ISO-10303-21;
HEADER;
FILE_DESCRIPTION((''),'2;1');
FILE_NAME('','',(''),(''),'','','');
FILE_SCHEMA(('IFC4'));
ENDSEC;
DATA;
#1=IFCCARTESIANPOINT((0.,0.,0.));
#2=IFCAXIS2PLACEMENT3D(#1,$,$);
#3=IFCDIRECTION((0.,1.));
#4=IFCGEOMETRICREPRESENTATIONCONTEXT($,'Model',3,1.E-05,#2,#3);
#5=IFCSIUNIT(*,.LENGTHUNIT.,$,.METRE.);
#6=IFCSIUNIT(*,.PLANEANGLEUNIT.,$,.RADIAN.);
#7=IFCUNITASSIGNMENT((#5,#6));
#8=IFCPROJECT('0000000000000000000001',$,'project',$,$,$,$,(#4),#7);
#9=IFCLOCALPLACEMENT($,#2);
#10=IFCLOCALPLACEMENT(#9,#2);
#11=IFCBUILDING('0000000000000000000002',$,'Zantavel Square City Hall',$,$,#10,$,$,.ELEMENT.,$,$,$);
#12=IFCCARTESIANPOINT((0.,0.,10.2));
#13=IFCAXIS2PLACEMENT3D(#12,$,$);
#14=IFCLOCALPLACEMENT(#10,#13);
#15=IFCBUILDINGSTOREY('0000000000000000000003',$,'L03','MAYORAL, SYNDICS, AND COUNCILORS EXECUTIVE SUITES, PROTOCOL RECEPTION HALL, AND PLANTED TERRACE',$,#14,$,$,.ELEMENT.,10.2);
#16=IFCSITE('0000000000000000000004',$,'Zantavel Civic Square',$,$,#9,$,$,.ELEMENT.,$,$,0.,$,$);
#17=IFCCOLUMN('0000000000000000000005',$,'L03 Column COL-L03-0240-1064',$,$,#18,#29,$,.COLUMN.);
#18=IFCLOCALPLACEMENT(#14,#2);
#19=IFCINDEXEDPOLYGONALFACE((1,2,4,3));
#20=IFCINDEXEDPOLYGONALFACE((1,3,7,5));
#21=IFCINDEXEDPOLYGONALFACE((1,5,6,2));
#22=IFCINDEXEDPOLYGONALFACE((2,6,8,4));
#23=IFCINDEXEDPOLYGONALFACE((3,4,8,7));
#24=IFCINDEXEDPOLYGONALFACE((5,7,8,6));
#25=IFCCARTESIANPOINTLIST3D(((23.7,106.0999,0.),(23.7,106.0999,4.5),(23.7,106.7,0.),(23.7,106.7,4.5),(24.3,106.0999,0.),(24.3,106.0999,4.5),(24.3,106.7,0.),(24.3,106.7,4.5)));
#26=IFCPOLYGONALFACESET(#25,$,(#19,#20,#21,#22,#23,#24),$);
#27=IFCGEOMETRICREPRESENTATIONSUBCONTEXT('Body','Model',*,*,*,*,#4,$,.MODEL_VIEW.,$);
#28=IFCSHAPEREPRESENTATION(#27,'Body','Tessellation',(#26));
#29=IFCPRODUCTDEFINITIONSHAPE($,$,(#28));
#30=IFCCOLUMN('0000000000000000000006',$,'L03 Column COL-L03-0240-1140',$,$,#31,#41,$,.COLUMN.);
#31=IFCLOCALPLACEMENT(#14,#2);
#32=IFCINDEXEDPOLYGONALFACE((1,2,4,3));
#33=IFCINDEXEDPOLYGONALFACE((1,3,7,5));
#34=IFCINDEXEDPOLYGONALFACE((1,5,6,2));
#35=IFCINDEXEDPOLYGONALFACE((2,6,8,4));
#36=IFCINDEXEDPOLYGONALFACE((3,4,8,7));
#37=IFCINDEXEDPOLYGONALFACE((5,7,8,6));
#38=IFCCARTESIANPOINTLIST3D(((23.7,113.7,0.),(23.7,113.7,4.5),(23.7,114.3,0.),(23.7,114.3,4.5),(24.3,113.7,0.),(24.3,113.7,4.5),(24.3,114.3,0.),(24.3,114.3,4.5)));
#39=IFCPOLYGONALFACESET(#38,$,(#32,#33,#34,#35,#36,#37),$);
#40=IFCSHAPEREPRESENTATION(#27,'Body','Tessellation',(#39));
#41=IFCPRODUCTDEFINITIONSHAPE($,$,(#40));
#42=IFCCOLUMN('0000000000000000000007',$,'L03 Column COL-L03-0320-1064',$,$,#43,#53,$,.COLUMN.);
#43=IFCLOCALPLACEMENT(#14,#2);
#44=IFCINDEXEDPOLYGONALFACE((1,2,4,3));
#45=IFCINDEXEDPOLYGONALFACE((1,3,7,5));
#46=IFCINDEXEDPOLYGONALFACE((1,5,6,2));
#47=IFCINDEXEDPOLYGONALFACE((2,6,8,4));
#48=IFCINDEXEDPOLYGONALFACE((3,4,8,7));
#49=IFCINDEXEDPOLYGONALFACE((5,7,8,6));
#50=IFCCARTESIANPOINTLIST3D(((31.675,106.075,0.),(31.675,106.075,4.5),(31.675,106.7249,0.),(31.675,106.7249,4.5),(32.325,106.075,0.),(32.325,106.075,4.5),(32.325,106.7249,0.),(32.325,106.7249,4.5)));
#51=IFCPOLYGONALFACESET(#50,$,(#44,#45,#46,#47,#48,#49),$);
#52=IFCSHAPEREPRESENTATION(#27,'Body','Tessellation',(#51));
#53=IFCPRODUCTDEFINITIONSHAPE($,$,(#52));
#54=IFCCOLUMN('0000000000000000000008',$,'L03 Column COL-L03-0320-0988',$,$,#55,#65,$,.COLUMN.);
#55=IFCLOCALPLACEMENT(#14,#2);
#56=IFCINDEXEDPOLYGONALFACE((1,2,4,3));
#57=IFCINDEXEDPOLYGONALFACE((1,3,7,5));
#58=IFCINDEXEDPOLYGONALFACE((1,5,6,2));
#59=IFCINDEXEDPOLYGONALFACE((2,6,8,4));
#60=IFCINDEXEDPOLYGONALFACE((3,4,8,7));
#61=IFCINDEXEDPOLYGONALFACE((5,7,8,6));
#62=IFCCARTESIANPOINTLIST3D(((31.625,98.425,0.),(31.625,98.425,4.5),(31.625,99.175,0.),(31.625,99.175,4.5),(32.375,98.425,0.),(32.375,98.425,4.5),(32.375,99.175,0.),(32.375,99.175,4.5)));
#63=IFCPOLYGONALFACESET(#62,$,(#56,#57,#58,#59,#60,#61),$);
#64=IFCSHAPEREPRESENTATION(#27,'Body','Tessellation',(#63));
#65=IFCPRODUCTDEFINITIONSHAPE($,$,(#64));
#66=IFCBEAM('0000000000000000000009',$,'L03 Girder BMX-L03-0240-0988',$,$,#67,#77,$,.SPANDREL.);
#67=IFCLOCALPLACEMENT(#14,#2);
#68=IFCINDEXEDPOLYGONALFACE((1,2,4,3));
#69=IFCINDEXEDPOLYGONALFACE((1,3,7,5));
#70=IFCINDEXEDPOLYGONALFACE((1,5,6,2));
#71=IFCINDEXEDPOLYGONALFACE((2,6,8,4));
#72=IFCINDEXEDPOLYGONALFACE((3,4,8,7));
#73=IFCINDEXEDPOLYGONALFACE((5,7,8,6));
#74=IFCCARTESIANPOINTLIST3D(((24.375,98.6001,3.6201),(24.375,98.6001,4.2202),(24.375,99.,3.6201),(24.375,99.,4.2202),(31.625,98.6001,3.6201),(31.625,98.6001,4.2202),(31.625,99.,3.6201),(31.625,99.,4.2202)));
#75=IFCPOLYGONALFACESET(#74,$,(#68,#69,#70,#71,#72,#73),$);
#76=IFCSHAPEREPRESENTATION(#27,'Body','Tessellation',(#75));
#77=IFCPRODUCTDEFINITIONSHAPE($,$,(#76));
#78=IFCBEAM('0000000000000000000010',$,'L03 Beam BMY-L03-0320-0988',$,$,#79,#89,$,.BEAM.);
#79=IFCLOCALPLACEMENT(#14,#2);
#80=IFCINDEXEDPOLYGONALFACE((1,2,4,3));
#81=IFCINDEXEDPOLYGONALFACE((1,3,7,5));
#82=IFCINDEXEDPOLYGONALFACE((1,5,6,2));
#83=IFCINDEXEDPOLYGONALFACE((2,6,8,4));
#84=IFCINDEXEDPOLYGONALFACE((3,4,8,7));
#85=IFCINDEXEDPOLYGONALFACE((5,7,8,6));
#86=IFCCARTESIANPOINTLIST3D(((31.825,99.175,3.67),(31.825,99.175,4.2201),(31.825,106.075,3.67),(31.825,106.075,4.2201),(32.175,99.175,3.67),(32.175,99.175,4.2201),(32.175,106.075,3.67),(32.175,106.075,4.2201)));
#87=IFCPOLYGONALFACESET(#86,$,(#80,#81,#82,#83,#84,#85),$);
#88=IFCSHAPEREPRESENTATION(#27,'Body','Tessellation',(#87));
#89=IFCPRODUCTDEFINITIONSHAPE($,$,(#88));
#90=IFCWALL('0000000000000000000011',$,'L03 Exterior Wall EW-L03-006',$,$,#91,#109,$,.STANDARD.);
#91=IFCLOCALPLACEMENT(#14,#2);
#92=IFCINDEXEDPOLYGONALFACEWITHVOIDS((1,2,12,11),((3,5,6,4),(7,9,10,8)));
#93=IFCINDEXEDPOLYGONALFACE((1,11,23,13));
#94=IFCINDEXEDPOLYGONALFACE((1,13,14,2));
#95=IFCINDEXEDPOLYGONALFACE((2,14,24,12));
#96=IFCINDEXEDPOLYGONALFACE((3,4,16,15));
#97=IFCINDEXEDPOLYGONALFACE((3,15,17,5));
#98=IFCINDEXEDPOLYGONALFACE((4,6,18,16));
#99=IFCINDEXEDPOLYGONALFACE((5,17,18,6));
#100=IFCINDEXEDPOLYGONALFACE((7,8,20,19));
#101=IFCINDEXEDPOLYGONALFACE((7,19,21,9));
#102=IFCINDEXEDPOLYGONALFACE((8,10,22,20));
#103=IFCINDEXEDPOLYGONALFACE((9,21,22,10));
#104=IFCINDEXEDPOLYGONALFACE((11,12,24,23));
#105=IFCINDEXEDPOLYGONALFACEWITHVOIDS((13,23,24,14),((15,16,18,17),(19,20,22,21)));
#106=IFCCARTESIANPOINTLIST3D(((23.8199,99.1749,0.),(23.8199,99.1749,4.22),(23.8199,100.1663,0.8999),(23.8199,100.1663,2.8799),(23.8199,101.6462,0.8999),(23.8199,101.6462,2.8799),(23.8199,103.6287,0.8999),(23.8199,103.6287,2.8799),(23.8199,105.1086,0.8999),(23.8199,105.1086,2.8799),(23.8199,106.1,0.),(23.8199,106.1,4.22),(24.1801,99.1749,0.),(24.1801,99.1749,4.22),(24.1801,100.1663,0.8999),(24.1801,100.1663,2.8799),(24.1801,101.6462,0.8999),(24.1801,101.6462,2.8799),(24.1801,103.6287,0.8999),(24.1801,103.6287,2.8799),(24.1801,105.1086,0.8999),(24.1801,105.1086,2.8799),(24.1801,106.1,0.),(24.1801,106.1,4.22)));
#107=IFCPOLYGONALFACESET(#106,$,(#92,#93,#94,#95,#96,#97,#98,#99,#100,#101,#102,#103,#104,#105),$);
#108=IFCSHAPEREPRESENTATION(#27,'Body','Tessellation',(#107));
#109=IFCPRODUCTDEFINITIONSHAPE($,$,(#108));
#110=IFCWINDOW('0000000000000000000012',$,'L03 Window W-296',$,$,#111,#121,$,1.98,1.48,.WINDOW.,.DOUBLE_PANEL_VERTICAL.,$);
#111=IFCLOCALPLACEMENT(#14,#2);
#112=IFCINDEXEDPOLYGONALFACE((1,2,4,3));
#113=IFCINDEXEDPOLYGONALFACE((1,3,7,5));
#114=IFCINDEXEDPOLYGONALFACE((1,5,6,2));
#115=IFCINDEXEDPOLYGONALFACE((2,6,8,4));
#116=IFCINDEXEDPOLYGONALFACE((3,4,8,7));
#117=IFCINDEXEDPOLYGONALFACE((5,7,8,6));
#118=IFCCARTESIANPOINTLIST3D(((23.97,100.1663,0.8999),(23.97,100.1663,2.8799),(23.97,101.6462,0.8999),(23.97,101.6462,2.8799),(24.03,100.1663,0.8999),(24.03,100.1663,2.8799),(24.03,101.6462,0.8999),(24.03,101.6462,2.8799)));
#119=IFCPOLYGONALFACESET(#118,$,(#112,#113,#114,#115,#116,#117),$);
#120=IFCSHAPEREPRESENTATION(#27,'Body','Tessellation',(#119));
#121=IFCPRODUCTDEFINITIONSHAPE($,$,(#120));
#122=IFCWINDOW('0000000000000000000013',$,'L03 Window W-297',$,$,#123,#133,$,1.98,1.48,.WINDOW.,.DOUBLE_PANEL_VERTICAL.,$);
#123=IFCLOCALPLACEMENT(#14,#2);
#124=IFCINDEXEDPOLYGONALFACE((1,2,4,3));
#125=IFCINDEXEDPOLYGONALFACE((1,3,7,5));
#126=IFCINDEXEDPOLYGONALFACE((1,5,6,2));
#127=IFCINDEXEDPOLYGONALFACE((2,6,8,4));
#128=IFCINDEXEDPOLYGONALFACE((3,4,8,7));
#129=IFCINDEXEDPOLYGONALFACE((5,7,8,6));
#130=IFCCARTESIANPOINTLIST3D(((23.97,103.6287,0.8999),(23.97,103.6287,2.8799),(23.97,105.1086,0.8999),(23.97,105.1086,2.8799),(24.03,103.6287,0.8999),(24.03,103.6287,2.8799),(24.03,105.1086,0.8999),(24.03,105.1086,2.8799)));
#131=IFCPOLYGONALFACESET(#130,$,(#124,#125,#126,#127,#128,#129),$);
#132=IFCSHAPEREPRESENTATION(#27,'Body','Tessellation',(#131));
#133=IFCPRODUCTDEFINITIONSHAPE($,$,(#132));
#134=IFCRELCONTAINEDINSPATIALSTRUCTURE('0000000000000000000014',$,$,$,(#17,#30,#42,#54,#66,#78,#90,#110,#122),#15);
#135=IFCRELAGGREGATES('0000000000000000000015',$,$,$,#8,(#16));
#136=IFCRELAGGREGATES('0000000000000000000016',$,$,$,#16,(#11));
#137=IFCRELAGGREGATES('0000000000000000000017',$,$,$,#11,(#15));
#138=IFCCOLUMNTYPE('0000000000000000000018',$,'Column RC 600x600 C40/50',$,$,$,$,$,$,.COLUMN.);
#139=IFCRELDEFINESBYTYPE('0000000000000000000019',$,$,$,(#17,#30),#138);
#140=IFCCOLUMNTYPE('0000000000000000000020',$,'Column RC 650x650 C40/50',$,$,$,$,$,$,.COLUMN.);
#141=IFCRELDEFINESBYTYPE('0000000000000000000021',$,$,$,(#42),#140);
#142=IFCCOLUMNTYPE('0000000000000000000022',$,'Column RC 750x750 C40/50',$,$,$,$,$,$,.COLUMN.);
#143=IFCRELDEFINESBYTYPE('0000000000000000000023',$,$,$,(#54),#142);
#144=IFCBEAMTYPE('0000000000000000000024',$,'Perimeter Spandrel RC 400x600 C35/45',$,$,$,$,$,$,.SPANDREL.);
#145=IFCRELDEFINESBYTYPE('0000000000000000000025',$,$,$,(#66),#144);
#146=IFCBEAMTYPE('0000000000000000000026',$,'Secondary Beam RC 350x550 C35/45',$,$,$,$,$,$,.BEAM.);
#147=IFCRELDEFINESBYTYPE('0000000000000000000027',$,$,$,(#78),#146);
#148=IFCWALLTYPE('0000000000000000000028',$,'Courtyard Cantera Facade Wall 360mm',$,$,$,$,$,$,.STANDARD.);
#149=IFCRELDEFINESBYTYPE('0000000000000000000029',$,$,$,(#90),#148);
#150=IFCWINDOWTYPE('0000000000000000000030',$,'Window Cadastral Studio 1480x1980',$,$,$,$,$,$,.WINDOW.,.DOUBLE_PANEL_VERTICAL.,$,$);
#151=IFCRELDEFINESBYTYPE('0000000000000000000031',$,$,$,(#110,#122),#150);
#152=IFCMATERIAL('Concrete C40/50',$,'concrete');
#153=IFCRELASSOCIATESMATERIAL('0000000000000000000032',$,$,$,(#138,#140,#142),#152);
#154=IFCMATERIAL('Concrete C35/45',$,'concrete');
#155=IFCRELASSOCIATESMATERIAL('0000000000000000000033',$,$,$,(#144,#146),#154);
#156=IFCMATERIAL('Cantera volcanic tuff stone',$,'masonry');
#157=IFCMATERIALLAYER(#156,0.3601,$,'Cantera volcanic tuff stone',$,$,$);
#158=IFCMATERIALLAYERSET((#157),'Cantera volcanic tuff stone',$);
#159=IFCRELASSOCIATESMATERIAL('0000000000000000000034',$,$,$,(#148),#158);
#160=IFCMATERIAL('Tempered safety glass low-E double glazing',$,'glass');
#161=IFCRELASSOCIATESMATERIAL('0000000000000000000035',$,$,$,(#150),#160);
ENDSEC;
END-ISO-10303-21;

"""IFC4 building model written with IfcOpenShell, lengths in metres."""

from ifc_helpers import new_model, si_unit, direction, frame, frame_2d, origin, origin_2d, place, context, subcontext, project, spatial, rectangle, extrude, material, layer, layer_set, material_profile, profile_set, type_object, element, fill, save


model = new_model("IFC4")

# Units and contexts
model_context = context("Model", 3, precision=1e-05, world=origin(), true_north=direction((0.0, 1.0)))
body_context = subcontext(model_context, "Body", "Model", "MODEL_VIEW")
ifc_project = project(units=[si_unit("LENGTHUNIT", "METRE"), si_unit("PLANEANGLEUNIT", "RADIAN")], contexts=[model_context])

# Site, building, storey
site_placement = place(None, origin())
site = spatial("IfcSite", under=ifc_project, at=site_placement, Name="Zantavel Civic Square", CompositionType="ELEMENT", RefElevation=0.0)
building_placement = place(site_placement, origin())
building = spatial("IfcBuilding", under=site, at=building_placement, Name="Zantavel Square City Hall", CompositionType="ELEMENT")
storey_placement = place(building_placement, frame((0.0, 0.0, 10.2)))
storey = spatial("IfcBuildingStorey", under=building, at=storey_placement, Name="L03", Description="MAYORAL, SYNDICS, AND COUNCILORS EXECUTIVE SUITES, PROTOCOL RECEPTION HALL, AND PLANTED TERRACE", CompositionType="ELEMENT", Elevation=10.2)

# Columns
ifc_material_1 = material(Name="Concrete C40/50", Category="concrete")
ifc_material_profile_1 = material_profile(ifc_material_1, rectangle(XDim=0.6001, YDim=0.6001, at=origin_2d()), Name="RC 600x600")
ifc_profile_set_1 = profile_set([ifc_material_profile_1], Name="Concrete C40/50")
column_type_1 = type_object("IfcColumnType", Name="Column RC 600x600 C40/50", PredefinedType="COLUMN", material=ifc_profile_set_1)
for number, where, z_axis, x_axis, name in (
    (1, (24.0, 106.3999, 0.0), (0.0, 0.0, 1.0), (1.0, 0.0, 0.0), "L03 Column COL-L03-0240-1064"),
    (2, (24.0, 114.0, 0.0), (0.0, 0.0, 1.0), (1.0, 0.0, 0.0), "L03 Column COL-L03-0240-1140"),
):
    element("IfcColumn", number, at=place(storey_placement, frame(where, z_axis=z_axis, x_axis=x_axis)), inside=storey, type_object=column_type_1, Name=name, PredefinedType="COLUMN", context=body_context, shape_type="SweptSolid", body=[
        extrude(rectangle(XDim=0.6001, YDim=0.6001, at=origin_2d()), origin(), (0.0, 0.0, 1.0), 4.5),
    ])
ifc_material_profile_2 = material_profile(ifc_material_1, rectangle(XDim=0.6499, YDim=0.6499, at=origin_2d()), Name="RC 650x650")
ifc_profile_set_2 = profile_set([ifc_material_profile_2], Name="Concrete C40/50")
column_type_2 = type_object("IfcColumnType", Name="Column RC 650x650 C40/50", PredefinedType="COLUMN", material=ifc_profile_set_2)
column_1_placement = place(storey_placement, frame((32.0, 106.3999, 0.0), z_axis=(0.0, 0.0, 1.0), x_axis=(1.0, 0.0, 0.0)))
element("IfcColumn", 3, at=column_1_placement, inside=storey, type_object=column_type_2, Name="L03 Column COL-L03-0320-1064", PredefinedType="COLUMN", context=body_context, shape_type="SweptSolid", body=[
    extrude(rectangle(XDim=0.6499, YDim=0.6499, at=origin_2d()), origin(), (0.0, 0.0, 1.0), 4.5),
])
ifc_material_profile_3 = material_profile(ifc_material_1, rectangle(XDim=0.75, YDim=0.75, at=origin_2d()), Name="RC 750x750")
ifc_profile_set_3 = profile_set([ifc_material_profile_3], Name="Concrete C40/50")
column_type_3 = type_object("IfcColumnType", Name="Column RC 750x750 C40/50", PredefinedType="COLUMN", material=ifc_profile_set_3)
column_2_placement = place(storey_placement, frame((32.0, 98.8, 0.0), z_axis=(0.0, 0.0, 1.0), x_axis=(1.0, 0.0, 0.0)))
element("IfcColumn", 4, at=column_2_placement, inside=storey, type_object=column_type_3, Name="L03 Column COL-L03-0320-0988", PredefinedType="COLUMN", context=body_context, shape_type="SweptSolid", body=[
    extrude(rectangle(XDim=0.75, YDim=0.75, at=origin_2d()), origin(), (0.0, 0.0, 1.0), 4.5),
])

# Beams
ifc_material_2 = material(Name="Concrete C35/45", Category="concrete")
ifc_material_profile_4 = material_profile(ifc_material_2, rectangle(XDim=0.3999, YDim=0.6001, at=origin_2d()), Name="RC 400x600")
ifc_profile_set_4 = profile_set([ifc_material_profile_4], Name="Concrete C35/45")
beam_type_1 = type_object("IfcBeamType", Name="Perimeter Spandrel RC 400x600 C35/45", PredefinedType="SPANDREL", material=ifc_profile_set_4)
beam_1_placement = place(storey_placement, frame((24.375, 98.8, 3.9202), z_axis=(1.0, 0.0, 0.0), x_axis=(0.0, 1.0, 0.0)))
element("IfcBeam", 5, at=beam_1_placement, inside=storey, type_object=beam_type_1, Name="L03 Girder BMX-L03-0240-0988", PredefinedType="SPANDREL", context=body_context, shape_type="SweptSolid", body=[
    extrude(rectangle(XDim=0.3999, YDim=0.6001, at=origin_2d()), origin(), (0.0, 0.0, 1.0), 7.25),
])
ifc_material_profile_5 = material_profile(ifc_material_2, rectangle(XDim=0.3501, YDim=0.55, at=origin_2d()), Name="RC 350x550")
ifc_profile_set_5 = profile_set([ifc_material_profile_5], Name="Concrete C35/45")
beam_type_2 = type_object("IfcBeamType", Name="Secondary Beam RC 350x550 C35/45", PredefinedType="BEAM", material=ifc_profile_set_5)
beam_2_placement = place(storey_placement, frame((32.0, 99.175, 3.9451), z_axis=(0.0, 1.0, 0.0), x_axis=(-1.0, 0.0, 0.0)))
element("IfcBeam", 6, at=beam_2_placement, inside=storey, type_object=beam_type_2, Name="L03 Beam BMY-L03-0320-0988", PredefinedType="BEAM", context=body_context, shape_type="SweptSolid", body=[
    extrude(rectangle(XDim=0.3501, YDim=0.55, at=origin_2d()), origin(), (0.0, 0.0, 1.0), 6.8999),
])

# Wall, openings, windows
ifc_material_3 = material(Name="Cantera volcanic tuff stone", Category="masonry")
ifc_layer_1 = layer(ifc_material_3, 0.3601, Name="Cantera volcanic tuff stone")
ifc_layer_set_1 = layer_set([ifc_layer_1], Name="Cantera volcanic tuff stone")
wall_type_1 = type_object("IfcWallType", Name="Courtyard Cantera Facade Wall 360mm", PredefinedType="STANDARD", material=ifc_layer_set_1)
wall_1_placement = place(storey_placement, frame((24.0, 99.175, 0.0), z_axis=(0.0, 0.0, 1.0), x_axis=(0.0, 1.0, 0.0)))
wall_1 = element("IfcWall", 7, at=wall_1_placement, inside=storey, type_object=wall_type_1, Name="L03 Exterior Wall EW-L03-006", PredefinedType="STANDARD", context=body_context, shape_type="SweptSolid", body=[
    extrude(rectangle(XDim=6.925, YDim=0.3601, at=frame_2d((3.4624, 0.0))), origin(), (0.0, 0.0, 1.0), 4.22),
])
opening_1_placement = place(wall_1_placement, frame((0.9912, 0.0, 0.8999)))
opening_1 = element("IfcOpeningElement", 8, at=opening_1_placement, cuts=wall_1, PredefinedType="OPENING", context=body_context, shape_type="SweptSolid", body=[
    extrude(rectangle(XDim=1.48, YDim=1.98, at=frame_2d((0.74, 0.99))), frame((0.0, 0.1899, 0.0), z_axis=(0.0, -1.0, 0.0), x_axis=(1.0, 0.0, 0.0)), (0.0, 0.0, 1.0), 0.3801),
])
opening_2_placement = place(wall_1_placement, frame((4.4536, 0.0, 0.8999)))
opening_2 = element("IfcOpeningElement", 9, at=opening_2_placement, cuts=wall_1, PredefinedType="OPENING", context=body_context, shape_type="SweptSolid", body=[
    extrude(rectangle(XDim=1.48, YDim=1.98, at=frame_2d((0.74, 0.99))), frame((0.0, 0.1899, 0.0), z_axis=(0.0, -1.0, 0.0), x_axis=(1.0, 0.0, 0.0)), (0.0, 0.0, 1.0), 0.3801),
])
ifc_material_4 = material(Name="Tempered safety glass low-E double glazing", Category="glass")
window_type_1 = type_object("IfcWindowType", Name="Window Cadastral Studio 1480x1980", PartitioningType="DOUBLE_PANEL_VERTICAL", PredefinedType="WINDOW", material=ifc_material_4)
window_1_placement = place(opening_1_placement, origin())
window_1 = element("IfcWindow", 10, at=window_1_placement, inside=storey, type_object=window_type_1, Name="L03 Window W-296", OverallHeight=1.98, OverallWidth=1.48, PartitioningType="DOUBLE_PANEL_VERTICAL", PredefinedType="WINDOW", context=body_context, shape_type="SweptSolid", body=[
    extrude(rectangle(XDim=1.48, YDim=1.98, at=frame_2d((0.74, 0.99))), frame((0.0, 0.03, 0.0), z_axis=(0.0, -1.0, 0.0), x_axis=(1.0, 0.0, 0.0)), (0.0, 0.0, 1.0), 0.0601),
])
fill(opening_1, window_1)
window_2_placement = place(opening_2_placement, origin())
window_2 = element("IfcWindow", 11, at=window_2_placement, inside=storey, type_object=window_type_1, Name="L03 Window W-297", OverallHeight=1.98, OverallWidth=1.48, PartitioningType="DOUBLE_PANEL_VERTICAL", PredefinedType="WINDOW", context=body_context, shape_type="SweptSolid", body=[
    extrude(rectangle(XDim=1.48, YDim=1.98, at=frame_2d((0.74, 0.99))), frame((0.0, 0.03, 0.0), z_axis=(0.0, -1.0, 0.0), x_axis=(1.0, 0.0, 0.0)), (0.0, 0.0, 1.0), 0.0601),
])
fill(opening_2, window_2)

save(model, "model.ifc")
